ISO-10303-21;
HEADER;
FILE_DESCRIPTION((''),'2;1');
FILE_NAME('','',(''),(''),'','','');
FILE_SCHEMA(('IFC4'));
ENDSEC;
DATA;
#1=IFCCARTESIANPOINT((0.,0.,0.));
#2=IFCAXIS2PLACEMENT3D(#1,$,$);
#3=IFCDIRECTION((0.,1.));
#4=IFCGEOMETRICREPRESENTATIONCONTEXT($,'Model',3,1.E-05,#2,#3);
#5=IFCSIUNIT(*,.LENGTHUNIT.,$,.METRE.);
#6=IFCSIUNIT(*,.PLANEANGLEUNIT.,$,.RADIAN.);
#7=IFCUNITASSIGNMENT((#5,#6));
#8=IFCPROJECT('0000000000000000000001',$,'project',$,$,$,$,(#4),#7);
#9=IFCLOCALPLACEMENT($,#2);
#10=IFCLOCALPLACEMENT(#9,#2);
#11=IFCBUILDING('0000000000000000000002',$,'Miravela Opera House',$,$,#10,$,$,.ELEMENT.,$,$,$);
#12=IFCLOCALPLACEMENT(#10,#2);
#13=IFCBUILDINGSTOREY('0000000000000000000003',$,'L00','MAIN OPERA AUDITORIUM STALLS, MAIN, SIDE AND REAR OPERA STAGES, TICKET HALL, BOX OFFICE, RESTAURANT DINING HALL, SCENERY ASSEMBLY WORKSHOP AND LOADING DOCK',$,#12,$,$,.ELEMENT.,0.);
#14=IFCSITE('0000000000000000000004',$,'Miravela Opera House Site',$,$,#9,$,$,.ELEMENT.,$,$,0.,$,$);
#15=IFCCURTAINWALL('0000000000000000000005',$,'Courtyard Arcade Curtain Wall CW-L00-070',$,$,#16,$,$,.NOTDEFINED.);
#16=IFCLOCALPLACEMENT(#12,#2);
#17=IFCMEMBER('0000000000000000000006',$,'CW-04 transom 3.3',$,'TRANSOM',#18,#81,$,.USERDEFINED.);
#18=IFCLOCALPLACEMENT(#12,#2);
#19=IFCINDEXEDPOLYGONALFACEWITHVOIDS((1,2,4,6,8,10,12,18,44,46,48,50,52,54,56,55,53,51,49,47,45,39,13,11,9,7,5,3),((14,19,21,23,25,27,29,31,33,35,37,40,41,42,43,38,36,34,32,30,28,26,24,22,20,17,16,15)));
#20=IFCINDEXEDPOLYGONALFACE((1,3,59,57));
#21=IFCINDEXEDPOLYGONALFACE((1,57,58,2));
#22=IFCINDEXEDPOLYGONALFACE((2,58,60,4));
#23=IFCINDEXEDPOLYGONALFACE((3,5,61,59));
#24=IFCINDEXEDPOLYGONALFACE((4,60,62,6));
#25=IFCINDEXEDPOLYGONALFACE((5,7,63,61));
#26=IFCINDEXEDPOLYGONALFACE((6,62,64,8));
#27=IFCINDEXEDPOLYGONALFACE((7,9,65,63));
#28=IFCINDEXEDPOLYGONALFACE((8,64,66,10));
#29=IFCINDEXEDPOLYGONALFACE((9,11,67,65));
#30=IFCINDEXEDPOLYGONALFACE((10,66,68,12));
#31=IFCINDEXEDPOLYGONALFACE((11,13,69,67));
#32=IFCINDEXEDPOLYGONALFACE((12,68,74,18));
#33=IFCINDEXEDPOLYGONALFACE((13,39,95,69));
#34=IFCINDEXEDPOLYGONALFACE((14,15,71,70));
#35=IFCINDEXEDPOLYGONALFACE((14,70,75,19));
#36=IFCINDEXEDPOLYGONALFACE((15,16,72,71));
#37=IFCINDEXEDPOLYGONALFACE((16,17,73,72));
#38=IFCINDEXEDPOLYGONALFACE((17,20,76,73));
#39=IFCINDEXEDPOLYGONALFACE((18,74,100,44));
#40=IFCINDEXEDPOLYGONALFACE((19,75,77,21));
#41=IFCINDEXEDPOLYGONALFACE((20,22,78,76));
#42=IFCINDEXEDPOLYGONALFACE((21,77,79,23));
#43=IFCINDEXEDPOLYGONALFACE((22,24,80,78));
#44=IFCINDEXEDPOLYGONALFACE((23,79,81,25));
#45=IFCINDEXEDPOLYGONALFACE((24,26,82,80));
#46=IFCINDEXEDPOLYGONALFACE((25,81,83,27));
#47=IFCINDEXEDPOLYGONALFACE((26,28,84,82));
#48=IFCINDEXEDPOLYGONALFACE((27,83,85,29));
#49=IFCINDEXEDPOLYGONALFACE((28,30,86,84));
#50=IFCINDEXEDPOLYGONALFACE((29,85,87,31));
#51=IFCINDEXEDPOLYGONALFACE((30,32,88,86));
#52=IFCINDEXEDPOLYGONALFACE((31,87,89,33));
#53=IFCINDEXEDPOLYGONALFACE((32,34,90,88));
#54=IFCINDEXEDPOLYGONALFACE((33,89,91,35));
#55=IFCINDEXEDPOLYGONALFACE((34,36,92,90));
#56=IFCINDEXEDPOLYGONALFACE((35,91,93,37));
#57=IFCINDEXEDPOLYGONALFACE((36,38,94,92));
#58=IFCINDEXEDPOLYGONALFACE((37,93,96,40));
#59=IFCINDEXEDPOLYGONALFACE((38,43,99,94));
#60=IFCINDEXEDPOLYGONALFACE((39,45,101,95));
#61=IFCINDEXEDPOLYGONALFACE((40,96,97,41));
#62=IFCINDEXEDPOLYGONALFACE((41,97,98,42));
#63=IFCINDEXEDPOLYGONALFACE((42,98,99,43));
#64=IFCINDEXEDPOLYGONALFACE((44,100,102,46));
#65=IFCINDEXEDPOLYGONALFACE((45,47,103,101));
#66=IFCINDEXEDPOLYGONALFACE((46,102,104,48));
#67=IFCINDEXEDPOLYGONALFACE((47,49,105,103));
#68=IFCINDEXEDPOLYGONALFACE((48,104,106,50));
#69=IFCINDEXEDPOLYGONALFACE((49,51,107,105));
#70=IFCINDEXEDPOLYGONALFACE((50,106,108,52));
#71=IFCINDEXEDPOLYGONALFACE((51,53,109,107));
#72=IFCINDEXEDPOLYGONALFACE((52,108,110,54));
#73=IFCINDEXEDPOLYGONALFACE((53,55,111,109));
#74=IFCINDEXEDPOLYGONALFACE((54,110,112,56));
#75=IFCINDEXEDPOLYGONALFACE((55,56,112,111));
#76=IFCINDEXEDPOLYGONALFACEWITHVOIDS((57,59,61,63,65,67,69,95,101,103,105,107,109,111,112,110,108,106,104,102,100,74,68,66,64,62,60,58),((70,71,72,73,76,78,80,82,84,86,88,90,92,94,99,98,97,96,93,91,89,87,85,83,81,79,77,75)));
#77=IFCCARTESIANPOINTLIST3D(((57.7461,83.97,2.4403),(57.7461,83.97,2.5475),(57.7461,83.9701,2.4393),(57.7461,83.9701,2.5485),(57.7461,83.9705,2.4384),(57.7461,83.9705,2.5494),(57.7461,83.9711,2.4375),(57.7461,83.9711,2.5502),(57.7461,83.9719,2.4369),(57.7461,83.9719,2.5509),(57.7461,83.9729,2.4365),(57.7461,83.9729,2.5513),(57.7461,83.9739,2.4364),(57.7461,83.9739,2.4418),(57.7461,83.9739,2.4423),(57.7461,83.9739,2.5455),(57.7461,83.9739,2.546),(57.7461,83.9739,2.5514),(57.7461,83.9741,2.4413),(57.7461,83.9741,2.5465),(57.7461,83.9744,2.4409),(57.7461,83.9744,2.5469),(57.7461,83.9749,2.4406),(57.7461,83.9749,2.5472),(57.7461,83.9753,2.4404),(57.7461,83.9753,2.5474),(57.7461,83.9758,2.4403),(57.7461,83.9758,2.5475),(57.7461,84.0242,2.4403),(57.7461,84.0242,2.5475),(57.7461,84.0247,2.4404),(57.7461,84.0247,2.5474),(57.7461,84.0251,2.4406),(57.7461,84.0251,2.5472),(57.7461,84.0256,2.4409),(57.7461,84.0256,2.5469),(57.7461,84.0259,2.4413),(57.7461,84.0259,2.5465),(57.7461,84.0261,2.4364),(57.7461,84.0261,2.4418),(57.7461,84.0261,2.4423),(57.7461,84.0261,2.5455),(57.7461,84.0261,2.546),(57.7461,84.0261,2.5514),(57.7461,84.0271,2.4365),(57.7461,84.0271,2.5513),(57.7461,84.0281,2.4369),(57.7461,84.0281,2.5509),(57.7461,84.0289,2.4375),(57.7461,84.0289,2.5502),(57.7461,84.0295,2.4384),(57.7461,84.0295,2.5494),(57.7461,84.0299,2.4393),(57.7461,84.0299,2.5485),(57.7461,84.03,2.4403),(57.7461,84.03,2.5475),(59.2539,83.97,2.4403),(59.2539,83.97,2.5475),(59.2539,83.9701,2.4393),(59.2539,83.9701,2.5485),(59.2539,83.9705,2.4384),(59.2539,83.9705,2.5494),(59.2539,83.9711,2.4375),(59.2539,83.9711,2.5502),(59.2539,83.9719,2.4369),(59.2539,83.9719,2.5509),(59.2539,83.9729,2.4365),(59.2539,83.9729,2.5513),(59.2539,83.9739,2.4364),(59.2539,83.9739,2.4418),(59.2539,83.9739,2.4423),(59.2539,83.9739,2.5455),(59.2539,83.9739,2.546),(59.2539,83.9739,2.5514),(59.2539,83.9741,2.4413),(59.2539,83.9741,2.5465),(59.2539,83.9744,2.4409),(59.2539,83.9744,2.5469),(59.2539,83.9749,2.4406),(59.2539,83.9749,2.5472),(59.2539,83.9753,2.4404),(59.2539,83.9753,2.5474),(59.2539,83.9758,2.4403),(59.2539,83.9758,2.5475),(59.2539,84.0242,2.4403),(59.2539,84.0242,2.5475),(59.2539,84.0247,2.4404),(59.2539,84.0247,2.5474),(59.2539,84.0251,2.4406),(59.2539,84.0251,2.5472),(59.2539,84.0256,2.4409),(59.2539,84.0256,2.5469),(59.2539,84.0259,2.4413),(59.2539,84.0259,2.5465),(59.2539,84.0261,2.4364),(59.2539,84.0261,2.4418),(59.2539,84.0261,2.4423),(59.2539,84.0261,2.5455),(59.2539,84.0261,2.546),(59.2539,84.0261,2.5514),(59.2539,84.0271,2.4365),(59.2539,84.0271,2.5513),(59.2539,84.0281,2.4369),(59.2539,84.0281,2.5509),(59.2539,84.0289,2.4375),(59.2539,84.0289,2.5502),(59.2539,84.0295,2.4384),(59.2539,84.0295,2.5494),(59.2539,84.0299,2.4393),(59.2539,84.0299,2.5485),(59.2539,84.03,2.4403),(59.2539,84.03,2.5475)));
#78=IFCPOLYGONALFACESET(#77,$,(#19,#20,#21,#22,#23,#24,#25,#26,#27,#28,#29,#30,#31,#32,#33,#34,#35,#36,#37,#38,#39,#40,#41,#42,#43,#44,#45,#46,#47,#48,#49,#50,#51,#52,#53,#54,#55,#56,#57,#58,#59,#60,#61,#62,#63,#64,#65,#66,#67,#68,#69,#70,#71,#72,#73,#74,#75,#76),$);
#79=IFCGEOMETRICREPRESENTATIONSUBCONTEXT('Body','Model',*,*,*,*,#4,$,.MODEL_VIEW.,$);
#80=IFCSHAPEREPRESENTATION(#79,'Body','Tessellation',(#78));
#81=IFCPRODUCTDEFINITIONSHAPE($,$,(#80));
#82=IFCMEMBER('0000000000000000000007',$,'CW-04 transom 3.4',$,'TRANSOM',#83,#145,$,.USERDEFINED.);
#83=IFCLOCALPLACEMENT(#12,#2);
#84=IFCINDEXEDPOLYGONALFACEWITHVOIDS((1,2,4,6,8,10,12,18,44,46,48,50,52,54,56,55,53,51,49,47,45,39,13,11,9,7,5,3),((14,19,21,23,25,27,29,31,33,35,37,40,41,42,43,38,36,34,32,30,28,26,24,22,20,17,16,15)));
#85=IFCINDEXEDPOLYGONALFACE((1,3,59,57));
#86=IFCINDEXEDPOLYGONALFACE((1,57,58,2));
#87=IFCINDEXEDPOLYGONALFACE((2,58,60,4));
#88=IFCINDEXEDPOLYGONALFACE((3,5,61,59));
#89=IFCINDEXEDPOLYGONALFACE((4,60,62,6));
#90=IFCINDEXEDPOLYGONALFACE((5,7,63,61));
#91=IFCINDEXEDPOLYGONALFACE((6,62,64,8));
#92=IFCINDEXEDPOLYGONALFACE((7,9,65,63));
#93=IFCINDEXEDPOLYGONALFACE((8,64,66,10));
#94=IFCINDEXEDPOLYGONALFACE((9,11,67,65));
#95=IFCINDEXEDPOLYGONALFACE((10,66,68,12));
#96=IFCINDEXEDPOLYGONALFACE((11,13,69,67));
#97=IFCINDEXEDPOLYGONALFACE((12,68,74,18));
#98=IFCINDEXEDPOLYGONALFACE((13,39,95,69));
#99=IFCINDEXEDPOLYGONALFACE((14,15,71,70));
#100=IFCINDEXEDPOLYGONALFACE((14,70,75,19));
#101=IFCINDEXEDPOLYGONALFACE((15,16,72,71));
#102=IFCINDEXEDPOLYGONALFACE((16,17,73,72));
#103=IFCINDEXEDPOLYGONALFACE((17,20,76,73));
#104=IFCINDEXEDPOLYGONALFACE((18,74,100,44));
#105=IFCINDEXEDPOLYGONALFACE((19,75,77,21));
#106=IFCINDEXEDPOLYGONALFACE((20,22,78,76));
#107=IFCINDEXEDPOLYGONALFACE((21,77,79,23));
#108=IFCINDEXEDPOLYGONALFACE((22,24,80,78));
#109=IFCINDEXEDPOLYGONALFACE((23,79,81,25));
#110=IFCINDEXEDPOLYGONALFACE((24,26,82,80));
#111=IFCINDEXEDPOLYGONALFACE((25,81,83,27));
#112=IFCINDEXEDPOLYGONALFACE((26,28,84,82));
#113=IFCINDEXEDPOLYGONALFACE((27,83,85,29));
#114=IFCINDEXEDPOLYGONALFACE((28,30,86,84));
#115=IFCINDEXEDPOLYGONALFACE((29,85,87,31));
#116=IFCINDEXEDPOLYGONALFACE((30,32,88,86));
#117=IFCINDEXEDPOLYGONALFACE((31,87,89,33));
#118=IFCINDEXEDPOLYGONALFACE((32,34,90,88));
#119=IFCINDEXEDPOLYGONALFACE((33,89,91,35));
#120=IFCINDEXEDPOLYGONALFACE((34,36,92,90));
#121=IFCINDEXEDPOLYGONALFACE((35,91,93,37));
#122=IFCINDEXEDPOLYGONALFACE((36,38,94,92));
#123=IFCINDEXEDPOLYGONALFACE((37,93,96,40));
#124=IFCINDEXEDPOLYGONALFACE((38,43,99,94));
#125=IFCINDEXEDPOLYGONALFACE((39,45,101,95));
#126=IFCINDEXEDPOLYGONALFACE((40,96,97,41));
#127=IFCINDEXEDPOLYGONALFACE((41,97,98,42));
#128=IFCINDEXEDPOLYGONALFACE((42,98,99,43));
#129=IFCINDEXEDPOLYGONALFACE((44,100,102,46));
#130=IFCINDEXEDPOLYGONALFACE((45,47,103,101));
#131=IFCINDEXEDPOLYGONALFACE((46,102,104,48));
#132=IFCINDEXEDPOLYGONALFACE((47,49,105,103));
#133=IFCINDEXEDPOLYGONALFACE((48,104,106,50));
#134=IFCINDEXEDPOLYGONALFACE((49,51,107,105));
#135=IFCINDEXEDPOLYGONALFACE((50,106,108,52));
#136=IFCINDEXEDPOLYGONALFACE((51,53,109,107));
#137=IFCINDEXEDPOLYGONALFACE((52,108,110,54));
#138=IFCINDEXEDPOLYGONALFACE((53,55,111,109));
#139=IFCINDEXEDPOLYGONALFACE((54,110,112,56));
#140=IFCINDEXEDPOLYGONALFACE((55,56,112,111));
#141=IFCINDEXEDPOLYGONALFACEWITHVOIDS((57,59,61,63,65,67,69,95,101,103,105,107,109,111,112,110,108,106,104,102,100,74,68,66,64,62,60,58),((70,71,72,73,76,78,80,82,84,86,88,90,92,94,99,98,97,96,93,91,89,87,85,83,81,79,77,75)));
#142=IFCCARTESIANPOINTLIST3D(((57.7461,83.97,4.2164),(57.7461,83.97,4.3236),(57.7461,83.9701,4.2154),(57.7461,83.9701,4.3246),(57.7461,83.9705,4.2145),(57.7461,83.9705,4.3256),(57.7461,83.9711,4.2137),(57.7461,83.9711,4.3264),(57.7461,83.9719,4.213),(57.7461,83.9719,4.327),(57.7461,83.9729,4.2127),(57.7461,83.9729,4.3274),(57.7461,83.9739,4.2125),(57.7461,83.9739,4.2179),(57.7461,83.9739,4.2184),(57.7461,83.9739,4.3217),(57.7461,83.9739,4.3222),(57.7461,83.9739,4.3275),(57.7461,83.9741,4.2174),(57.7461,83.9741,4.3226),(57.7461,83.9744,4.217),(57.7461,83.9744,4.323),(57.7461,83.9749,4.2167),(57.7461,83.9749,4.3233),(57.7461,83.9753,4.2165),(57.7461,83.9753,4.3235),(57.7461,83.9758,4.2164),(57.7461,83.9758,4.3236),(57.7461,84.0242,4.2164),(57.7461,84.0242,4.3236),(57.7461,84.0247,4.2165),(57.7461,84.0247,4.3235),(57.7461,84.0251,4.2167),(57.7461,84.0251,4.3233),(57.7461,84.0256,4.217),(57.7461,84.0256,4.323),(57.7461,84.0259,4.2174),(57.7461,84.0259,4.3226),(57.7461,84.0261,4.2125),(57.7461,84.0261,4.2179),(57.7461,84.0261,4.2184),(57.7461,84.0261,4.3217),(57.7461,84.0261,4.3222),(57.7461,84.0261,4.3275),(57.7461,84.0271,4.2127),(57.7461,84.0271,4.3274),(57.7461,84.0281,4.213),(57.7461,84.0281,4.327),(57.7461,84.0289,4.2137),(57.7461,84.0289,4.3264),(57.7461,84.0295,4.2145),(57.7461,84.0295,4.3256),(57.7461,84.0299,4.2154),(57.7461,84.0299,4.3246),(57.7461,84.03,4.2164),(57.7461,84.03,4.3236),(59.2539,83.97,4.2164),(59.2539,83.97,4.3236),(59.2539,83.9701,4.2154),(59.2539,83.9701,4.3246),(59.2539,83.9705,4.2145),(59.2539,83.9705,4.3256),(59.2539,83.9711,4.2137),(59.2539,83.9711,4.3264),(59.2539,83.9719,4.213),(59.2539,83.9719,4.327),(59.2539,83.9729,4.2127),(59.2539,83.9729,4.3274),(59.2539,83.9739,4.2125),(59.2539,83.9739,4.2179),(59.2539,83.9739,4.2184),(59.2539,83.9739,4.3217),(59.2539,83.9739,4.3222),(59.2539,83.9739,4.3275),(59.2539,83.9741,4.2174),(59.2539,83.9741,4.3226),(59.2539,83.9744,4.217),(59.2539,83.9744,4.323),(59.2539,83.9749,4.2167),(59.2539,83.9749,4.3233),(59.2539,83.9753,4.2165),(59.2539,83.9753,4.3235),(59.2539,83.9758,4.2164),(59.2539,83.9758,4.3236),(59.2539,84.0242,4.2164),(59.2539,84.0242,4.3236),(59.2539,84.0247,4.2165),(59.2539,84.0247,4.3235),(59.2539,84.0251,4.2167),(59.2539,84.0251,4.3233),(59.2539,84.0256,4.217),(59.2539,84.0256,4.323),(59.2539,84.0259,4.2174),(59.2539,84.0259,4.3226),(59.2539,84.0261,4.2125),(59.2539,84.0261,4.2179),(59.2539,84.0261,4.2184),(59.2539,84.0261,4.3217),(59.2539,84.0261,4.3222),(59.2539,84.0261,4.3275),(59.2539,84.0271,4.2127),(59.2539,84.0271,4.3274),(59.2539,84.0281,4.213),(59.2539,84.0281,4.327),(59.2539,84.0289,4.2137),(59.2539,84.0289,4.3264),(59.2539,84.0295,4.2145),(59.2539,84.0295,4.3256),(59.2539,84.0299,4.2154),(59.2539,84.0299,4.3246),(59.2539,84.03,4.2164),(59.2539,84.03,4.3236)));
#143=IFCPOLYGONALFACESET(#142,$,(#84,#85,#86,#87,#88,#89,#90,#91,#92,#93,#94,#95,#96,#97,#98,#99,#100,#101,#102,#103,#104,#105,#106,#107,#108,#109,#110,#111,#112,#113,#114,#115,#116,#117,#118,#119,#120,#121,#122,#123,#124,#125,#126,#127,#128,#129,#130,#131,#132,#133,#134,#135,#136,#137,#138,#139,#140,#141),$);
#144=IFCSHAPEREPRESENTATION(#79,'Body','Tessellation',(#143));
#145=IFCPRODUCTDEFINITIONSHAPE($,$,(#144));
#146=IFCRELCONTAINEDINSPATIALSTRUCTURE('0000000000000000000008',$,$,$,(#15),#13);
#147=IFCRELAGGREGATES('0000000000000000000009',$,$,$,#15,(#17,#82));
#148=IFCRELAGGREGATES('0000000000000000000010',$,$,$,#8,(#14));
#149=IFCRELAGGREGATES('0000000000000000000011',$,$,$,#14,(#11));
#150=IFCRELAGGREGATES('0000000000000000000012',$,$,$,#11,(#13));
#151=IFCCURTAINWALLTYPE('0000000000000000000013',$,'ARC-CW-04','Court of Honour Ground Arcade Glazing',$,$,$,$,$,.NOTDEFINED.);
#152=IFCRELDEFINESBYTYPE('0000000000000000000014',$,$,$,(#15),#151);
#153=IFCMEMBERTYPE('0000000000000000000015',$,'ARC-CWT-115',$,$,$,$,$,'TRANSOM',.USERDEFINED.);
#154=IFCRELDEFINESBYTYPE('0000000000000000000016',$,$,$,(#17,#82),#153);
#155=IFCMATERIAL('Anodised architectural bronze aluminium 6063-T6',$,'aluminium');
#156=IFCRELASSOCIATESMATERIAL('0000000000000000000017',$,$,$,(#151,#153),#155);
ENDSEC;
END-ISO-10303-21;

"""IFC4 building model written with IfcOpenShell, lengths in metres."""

from ifc_helpers import new_model, si_unit, direction, frame, origin, origin_2d, place, context, subcontext, project, spatial, hollow_rectangle, extrude, material, material_profile, profile_set, type_object, element, aggregate, save


model = new_model("IFC4")

# Units and contexts
model_context = context("Model", 3, precision=1e-05, world=origin(), true_north=direction((0.0, 1.0)))
body_context = subcontext(model_context, "Body", "Model", "MODEL_VIEW")
ifc_project = project(units=[si_unit("LENGTHUNIT", "METRE"), si_unit("PLANEANGLEUNIT", "RADIAN")], contexts=[model_context])

# Site, building, storey
site_placement = place(None, origin())
site = spatial("IfcSite", under=ifc_project, at=site_placement, Name="Miravela Opera House Site", CompositionType="ELEMENT", RefElevation=0.0)
building_placement = place(site_placement, origin())
building = spatial("IfcBuilding", under=site, at=building_placement, Name="Miravela Opera House", CompositionType="ELEMENT")
storey_placement = place(building_placement, origin())
storey = spatial("IfcBuildingStorey", under=building, at=storey_placement, Name="L00", Description="MAIN OPERA AUDITORIUM STALLS, MAIN, SIDE AND REAR OPERA STAGES, TICKET HALL, BOX OFFICE, RESTAURANT DINING HALL, SCENERY ASSEMBLY WORKSHOP AND LOADING DOCK", CompositionType="ELEMENT", Elevation=0.0)

# Curtain wall
ifc_material_1 = material(Name="Anodised architectural bronze aluminium 6063-T6", Category="aluminium")
curtain_wall_type = type_object("IfcCurtainWallType", Name="ARC-CW-04", Description="Court of Honour Ground Arcade Glazing", PredefinedType="NOTDEFINED", material=ifc_material_1)
curtain_wall_1_placement = place(storey_placement, origin())
curtain_wall_1 = element("IfcCurtainWall", 1, at=curtain_wall_1_placement, inside=storey, type_object=curtain_wall_type, Name="Courtyard Arcade Curtain Wall CW-L00-070", PredefinedType="NOTDEFINED")

# Members
ifc_material_profile_1 = material_profile(ifc_material_1, hollow_rectangle(XDim=0.0601, YDim=0.115, WallThickness=0.0039, InnerFilletRadius=0.002, OuterFilletRadius=0.0039, at=origin_2d()), Name="CWT-60X115")
ifc_profile_set_1 = profile_set([ifc_material_profile_1])
member_type_1 = type_object("IfcMemberType", Name="ARC-CWT-115", ElementType="TRANSOM", PredefinedType="USERDEFINED", material=ifc_profile_set_1)
member_1_placement = place(storey_placement, frame((57.7461, 84.0, 2.4939), z_axis=(1.0, 0.0, 0.0), x_axis=(0.0, 1.0, 0.0)))
member_1 = element("IfcMember", 2, at=member_1_placement, type_object=member_type_1, Name="CW-04 transom 3.3", ObjectType="TRANSOM", PredefinedType="USERDEFINED", context=body_context, shape_type="SweptSolid", body=[
    extrude(hollow_rectangle(XDim=0.0601, YDim=0.115, WallThickness=0.0039, InnerFilletRadius=0.002, OuterFilletRadius=0.0039, at=origin_2d()), origin(), (0.0, 0.0, 1.0), 1.5078),
])
member_2_placement = place(storey_placement, frame((57.7461, 84.0, 4.27), z_axis=(1.0, 0.0, 0.0), x_axis=(0.0, 1.0, 0.0)))
member_2 = element("IfcMember", 3, at=member_2_placement, type_object=member_type_1, Name="CW-04 transom 3.4", ObjectType="TRANSOM", PredefinedType="USERDEFINED", context=body_context, shape_type="SweptSolid", body=[
    extrude(hollow_rectangle(XDim=0.0601, YDim=0.115, WallThickness=0.0039, InnerFilletRadius=0.002, OuterFilletRadius=0.0039, at=origin_2d()), origin(), (0.0, 0.0, 1.0), 1.5078),
])

aggregate(curtain_wall_1, [member_1, member_2])

save(model, "model.ifc")
